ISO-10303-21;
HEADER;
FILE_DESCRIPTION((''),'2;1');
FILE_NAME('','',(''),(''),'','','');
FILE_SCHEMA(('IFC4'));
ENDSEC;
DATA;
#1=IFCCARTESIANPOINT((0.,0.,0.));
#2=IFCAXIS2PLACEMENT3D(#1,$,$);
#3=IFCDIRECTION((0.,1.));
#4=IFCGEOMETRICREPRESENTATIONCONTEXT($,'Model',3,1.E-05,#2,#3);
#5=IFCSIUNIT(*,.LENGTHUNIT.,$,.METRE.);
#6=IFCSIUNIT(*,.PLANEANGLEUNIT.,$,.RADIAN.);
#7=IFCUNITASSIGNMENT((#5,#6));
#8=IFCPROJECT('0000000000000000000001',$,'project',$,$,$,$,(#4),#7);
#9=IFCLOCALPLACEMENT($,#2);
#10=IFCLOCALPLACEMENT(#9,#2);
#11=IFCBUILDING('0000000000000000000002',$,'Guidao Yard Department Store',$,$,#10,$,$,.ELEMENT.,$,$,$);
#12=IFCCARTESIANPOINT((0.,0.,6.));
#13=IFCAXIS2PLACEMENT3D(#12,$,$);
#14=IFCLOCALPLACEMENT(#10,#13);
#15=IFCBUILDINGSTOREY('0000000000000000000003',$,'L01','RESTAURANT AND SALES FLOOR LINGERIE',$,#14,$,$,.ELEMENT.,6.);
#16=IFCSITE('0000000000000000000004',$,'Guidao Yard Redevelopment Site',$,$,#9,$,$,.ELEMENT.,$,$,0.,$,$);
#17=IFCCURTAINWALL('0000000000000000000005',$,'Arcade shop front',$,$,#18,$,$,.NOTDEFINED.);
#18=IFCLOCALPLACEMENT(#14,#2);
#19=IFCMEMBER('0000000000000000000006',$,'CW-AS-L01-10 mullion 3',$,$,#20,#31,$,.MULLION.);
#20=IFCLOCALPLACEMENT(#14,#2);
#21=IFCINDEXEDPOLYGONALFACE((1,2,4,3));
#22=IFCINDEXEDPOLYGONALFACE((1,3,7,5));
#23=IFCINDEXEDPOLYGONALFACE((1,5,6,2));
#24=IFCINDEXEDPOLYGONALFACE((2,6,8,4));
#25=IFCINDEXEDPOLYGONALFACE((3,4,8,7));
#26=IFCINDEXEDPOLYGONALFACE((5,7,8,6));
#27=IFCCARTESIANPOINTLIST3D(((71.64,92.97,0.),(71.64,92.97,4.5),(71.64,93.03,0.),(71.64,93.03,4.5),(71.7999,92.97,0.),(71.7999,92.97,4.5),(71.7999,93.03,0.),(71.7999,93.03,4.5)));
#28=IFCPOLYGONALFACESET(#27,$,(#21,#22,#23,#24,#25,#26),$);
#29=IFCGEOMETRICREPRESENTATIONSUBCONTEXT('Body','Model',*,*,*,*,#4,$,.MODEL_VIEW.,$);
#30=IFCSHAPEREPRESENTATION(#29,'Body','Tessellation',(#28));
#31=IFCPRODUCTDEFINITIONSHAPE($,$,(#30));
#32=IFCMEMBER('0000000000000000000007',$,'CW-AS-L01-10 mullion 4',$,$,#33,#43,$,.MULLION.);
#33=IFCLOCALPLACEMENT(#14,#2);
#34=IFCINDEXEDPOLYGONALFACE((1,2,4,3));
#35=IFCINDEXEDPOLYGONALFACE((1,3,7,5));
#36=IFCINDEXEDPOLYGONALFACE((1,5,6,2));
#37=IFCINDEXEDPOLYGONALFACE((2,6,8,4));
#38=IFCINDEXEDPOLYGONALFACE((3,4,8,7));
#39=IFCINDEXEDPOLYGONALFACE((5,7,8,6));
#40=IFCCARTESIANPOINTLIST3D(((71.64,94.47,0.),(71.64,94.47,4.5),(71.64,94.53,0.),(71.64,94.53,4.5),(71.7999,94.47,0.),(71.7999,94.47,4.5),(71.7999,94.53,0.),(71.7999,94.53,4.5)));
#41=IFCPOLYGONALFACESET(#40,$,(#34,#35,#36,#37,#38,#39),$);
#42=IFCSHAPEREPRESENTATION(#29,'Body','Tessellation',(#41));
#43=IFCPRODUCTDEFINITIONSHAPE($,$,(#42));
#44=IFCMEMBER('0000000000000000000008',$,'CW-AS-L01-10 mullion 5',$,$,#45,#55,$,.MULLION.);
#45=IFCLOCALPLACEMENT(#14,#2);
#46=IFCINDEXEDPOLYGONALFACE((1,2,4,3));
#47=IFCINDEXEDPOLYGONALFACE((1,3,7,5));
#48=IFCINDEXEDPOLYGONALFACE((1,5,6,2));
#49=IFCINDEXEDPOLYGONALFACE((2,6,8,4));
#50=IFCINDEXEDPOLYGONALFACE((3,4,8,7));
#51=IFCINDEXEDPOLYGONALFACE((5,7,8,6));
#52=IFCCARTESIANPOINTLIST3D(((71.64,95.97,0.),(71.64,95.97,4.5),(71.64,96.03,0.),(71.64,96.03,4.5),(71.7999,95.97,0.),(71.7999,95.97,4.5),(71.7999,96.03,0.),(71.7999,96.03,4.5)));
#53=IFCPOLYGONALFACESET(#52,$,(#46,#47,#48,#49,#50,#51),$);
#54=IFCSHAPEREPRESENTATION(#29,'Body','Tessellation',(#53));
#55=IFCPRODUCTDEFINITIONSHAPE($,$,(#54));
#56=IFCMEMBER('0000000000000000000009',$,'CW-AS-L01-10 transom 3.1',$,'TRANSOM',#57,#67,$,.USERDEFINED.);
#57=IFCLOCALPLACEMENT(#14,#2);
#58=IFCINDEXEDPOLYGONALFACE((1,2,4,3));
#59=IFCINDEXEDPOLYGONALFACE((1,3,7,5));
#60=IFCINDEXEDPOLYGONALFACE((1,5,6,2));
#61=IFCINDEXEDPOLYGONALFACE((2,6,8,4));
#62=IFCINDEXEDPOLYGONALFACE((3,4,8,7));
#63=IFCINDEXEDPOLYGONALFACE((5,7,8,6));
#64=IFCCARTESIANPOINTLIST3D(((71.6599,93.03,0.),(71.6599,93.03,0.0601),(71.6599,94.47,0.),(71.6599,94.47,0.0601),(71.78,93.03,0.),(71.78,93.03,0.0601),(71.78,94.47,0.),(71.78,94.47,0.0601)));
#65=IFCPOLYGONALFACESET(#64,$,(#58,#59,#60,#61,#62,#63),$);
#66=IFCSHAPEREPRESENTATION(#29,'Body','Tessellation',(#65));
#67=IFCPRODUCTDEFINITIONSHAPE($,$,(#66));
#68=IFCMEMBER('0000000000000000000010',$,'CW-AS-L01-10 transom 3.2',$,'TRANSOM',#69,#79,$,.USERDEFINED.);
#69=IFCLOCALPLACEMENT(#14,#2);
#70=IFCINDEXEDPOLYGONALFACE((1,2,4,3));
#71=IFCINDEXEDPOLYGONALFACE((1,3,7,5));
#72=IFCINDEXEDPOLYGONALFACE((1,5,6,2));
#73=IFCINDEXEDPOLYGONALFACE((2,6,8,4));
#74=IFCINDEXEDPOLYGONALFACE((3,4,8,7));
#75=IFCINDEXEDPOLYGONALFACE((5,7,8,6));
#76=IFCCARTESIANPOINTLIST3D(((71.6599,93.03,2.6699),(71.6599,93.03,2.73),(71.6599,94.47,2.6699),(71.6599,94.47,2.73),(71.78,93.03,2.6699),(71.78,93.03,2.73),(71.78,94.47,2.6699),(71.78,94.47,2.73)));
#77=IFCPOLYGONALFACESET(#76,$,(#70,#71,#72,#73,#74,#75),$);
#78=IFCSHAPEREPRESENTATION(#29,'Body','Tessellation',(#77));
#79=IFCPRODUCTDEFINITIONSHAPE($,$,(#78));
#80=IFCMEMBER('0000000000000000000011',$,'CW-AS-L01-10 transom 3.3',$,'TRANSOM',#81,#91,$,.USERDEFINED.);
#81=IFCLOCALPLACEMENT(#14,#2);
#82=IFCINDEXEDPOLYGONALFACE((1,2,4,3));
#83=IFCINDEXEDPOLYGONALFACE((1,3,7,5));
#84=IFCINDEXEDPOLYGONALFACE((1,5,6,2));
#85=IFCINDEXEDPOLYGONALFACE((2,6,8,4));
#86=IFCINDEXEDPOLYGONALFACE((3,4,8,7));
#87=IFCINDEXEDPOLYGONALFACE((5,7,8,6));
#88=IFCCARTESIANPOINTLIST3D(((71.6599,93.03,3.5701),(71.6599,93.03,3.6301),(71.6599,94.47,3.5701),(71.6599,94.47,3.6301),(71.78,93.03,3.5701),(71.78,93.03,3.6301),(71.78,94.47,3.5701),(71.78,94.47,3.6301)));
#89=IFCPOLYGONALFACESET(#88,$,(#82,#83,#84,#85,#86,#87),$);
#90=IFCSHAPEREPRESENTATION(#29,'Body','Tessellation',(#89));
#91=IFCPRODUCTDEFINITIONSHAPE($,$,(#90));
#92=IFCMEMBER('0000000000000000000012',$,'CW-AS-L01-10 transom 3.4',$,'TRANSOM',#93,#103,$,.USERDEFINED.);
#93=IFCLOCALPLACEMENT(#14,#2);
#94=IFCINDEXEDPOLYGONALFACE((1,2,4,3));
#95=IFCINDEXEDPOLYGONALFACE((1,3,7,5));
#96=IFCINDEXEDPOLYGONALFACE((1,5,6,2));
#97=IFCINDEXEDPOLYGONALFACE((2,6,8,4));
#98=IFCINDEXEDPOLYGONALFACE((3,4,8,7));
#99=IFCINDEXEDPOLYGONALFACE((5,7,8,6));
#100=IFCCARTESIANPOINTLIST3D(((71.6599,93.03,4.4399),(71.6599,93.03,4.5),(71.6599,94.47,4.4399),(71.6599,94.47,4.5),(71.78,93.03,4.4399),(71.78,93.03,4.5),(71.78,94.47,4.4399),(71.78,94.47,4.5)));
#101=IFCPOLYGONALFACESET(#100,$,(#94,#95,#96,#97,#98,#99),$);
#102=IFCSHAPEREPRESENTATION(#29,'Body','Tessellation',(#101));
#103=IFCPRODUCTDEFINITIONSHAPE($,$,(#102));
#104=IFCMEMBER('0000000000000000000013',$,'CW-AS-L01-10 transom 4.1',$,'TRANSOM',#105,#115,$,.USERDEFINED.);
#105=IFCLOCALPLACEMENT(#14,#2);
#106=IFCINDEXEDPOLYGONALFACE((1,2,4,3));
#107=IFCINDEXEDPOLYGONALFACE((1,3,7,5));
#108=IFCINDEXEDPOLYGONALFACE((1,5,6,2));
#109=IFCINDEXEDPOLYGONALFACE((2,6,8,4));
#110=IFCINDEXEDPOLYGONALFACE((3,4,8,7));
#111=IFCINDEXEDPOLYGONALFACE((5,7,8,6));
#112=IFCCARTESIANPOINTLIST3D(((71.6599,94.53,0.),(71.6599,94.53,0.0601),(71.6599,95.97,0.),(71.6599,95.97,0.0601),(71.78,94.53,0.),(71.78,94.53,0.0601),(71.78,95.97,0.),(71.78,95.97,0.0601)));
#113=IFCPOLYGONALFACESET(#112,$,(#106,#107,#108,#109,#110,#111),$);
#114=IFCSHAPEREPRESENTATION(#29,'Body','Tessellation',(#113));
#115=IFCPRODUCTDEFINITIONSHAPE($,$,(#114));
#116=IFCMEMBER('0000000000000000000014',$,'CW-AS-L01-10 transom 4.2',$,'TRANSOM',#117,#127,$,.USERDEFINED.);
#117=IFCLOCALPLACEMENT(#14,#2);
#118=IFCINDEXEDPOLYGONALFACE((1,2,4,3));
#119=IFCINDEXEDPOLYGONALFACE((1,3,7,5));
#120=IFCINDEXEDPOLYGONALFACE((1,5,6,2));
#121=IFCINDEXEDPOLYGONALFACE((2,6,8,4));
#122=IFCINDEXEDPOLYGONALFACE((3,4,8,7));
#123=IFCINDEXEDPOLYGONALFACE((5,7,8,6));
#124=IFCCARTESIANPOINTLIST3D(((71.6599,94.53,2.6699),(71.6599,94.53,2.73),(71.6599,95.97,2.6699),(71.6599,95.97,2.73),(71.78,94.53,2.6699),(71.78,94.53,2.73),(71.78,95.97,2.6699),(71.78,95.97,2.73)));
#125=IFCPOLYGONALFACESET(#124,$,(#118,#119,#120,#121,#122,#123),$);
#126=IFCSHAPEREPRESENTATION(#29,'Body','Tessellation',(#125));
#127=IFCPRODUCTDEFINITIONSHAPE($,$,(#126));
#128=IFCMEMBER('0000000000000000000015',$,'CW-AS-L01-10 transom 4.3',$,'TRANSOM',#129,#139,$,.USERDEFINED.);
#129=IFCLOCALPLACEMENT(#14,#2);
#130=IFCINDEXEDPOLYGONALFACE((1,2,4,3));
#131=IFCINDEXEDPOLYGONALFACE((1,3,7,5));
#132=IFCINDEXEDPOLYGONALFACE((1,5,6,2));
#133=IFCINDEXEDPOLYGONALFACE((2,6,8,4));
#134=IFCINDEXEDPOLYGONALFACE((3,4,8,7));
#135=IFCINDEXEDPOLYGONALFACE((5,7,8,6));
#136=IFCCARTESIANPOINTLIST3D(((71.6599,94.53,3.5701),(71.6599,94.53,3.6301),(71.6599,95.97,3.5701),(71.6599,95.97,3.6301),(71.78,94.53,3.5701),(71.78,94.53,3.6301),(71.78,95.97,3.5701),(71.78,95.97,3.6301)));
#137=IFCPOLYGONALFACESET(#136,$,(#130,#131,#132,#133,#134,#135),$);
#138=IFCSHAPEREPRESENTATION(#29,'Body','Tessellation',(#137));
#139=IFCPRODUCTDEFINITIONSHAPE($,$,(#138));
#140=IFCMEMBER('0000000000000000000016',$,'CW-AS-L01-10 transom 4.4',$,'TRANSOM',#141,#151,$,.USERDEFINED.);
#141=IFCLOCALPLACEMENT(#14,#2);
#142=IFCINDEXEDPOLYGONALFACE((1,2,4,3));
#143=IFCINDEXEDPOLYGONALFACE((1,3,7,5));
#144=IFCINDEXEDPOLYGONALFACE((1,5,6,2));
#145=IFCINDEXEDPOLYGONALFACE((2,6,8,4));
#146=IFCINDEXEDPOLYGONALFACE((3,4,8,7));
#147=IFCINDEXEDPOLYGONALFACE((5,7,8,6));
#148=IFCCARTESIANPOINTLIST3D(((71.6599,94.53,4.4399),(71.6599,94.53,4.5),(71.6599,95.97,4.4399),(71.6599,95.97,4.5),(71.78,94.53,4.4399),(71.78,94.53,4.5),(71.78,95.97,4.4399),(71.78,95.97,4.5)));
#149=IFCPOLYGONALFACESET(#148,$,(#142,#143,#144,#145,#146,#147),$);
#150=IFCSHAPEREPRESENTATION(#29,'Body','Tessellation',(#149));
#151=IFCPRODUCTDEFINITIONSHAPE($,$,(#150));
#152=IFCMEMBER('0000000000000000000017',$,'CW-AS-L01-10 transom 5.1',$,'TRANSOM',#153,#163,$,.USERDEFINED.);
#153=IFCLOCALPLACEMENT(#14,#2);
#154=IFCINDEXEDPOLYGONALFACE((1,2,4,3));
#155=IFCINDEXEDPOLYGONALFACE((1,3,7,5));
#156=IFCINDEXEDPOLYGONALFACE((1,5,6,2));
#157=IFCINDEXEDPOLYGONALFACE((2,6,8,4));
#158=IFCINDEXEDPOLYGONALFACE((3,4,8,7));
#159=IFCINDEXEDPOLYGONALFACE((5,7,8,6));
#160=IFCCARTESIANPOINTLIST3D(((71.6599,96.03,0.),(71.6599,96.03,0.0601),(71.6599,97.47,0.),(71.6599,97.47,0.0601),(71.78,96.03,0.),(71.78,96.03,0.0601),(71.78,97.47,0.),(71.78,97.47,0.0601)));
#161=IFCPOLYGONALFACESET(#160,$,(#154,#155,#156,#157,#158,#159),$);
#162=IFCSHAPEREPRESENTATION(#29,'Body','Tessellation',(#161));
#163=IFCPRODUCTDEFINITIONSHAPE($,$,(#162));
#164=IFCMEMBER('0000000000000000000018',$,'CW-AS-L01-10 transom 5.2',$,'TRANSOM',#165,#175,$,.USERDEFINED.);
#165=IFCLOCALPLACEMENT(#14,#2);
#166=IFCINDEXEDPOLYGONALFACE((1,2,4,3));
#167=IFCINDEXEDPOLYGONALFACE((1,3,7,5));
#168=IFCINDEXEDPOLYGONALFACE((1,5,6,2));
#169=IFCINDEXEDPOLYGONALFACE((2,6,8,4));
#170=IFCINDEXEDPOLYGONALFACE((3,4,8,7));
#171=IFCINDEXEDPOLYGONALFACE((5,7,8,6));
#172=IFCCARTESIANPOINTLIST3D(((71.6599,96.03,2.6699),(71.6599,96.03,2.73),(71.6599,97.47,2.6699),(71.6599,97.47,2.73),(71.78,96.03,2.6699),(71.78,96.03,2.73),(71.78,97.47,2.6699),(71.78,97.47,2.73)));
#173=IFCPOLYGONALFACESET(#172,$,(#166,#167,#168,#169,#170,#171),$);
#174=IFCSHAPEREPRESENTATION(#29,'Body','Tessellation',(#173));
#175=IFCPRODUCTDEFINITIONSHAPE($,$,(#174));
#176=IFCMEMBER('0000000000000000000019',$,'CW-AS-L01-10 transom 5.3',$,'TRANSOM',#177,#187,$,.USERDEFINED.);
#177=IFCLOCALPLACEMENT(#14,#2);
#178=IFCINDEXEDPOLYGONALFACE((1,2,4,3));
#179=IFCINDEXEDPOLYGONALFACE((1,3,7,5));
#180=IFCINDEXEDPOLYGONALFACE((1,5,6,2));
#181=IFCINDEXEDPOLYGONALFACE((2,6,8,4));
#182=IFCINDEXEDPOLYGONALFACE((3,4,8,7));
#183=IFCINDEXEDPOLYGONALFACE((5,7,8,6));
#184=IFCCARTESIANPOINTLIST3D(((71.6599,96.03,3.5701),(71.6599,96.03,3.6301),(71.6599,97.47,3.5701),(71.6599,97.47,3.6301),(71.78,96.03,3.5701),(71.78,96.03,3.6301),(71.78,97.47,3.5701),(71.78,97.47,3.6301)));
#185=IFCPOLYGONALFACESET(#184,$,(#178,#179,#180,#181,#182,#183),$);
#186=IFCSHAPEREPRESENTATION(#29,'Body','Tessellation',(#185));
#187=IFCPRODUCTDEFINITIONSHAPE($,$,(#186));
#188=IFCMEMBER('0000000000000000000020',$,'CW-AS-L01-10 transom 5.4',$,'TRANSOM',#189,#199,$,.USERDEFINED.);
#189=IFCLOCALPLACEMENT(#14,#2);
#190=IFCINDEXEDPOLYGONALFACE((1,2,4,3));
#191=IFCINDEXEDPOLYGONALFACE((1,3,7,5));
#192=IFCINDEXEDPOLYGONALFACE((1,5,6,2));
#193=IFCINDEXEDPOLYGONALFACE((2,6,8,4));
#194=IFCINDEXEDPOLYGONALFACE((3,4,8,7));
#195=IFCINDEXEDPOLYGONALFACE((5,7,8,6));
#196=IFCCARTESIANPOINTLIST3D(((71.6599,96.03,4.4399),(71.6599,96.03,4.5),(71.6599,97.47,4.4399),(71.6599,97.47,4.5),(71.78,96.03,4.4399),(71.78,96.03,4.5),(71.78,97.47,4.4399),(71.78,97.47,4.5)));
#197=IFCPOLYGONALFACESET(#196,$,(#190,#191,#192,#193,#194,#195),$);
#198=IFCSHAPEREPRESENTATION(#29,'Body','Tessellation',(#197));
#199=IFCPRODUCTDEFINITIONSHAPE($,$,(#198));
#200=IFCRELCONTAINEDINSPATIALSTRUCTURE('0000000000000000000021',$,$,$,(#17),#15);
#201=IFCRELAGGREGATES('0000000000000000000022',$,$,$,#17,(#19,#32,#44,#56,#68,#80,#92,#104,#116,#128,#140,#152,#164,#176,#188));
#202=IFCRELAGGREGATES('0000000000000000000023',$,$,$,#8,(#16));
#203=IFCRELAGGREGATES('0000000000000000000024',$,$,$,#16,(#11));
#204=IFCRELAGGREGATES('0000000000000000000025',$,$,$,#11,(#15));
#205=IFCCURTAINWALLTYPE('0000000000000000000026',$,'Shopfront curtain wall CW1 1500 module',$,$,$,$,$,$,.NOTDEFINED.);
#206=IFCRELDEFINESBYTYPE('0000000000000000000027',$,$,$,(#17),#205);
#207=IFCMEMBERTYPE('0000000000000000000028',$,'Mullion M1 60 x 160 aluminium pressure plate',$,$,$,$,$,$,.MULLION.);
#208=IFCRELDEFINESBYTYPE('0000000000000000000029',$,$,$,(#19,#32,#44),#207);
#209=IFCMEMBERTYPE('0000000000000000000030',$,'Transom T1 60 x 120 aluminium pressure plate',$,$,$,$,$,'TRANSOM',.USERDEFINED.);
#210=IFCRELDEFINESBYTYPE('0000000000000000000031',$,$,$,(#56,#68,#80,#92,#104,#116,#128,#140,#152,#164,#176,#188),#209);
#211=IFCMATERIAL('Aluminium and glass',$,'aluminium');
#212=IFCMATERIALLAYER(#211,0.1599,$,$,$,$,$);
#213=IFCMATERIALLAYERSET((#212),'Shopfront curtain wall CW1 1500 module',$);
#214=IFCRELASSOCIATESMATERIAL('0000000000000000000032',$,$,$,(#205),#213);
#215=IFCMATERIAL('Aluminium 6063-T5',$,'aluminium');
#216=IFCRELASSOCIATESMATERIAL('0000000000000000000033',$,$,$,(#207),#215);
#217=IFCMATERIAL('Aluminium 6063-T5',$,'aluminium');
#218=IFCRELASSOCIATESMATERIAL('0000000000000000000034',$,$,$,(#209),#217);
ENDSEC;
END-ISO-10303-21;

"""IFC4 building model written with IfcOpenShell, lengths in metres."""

from ifc_helpers import new_model, si_unit, direction, frame, origin, origin_2d, place, context, subcontext, project, spatial, rectangle, extrude, material, layer, layer_set, material_profile, profile_set, type_object, element, aggregate, save


model = new_model("IFC4")

# Units and contexts
model_context = context("Model", 3, precision=1e-05, world=origin(), true_north=direction((0.0, 1.0)))
body_context = subcontext(model_context, "Body", "Model", "MODEL_VIEW")
ifc_project = project(units=[si_unit("LENGTHUNIT", "METRE"), si_unit("PLANEANGLEUNIT", "RADIAN")], contexts=[model_context])

# Site, building, storey
site_placement = place(None, origin())
site = spatial("IfcSite", under=ifc_project, at=site_placement, Name="Guidao Yard Redevelopment Site", CompositionType="ELEMENT", RefElevation=0.0)
building_placement = place(site_placement, origin())
building = spatial("IfcBuilding", under=site, at=building_placement, Name="Guidao Yard Department Store", CompositionType="ELEMENT")
storey_placement = place(building_placement, frame((0.0, 0.0, 6.0)))
storey = spatial("IfcBuildingStorey", under=building, at=storey_placement, Name="L01", Description="RESTAURANT AND SALES FLOOR LINGERIE", CompositionType="ELEMENT", Elevation=6.0)

# Curtain wall, members
ifc_material_1 = material(Name="Aluminium and glass", Category="aluminium")
ifc_layer_1 = layer(ifc_material_1, 0.1599)
ifc_layer_set_1 = layer_set([ifc_layer_1], Name="Shopfront curtain wall CW1 1500 module")
curtain_wall_type = type_object("IfcCurtainWallType", Name="Shopfront curtain wall CW1 1500 module", PredefinedType="NOTDEFINED", material=ifc_layer_set_1)
curtain_wall_placement = place(storey_placement, origin())
curtain_wall = element("IfcCurtainWall", 1, at=curtain_wall_placement, inside=storey, type_object=curtain_wall_type, Name="Arcade shop front", PredefinedType="NOTDEFINED")
ifc_material_2 = material(Name="Aluminium 6063-T5", Category="aluminium")
ifc_material_profile_1 = material_profile(ifc_material_2, rectangle(XDim=0.0601, YDim=0.1599, at=origin_2d()), Name="Mullion M1 60 x 160 aluminium pressure plate")
ifc_profile_set_1 = profile_set([ifc_material_profile_1], Name="Aluminium 6063-T5")
member_type_1 = type_object("IfcMemberType", Name="Mullion M1 60 x 160 aluminium pressure plate", PredefinedType="MULLION", material=ifc_profile_set_1)
member_1_placement = place(storey_placement, frame((71.72, 93.0, 0.0), z_axis=(0.0, 0.0, 1.0), x_axis=(0.0, 1.0, 0.0)))
member_1 = element("IfcMember", 2, at=member_1_placement, type_object=member_type_1, Name="CW-AS-L01-10 mullion 3", PredefinedType="MULLION", context=body_context, shape_type="SweptSolid", body=[
    extrude(rectangle(XDim=0.0601, YDim=0.1599, at=origin_2d()), origin(), (0.0, 0.0, 1.0), 4.5),
])
member_2_placement = place(storey_placement, frame((71.72, 94.5, 0.0), z_axis=(0.0, 0.0, 1.0), x_axis=(0.0, 1.0, 0.0)))
member_2 = element("IfcMember", 3, at=member_2_placement, type_object=member_type_1, Name="CW-AS-L01-10 mullion 4", PredefinedType="MULLION", context=body_context, shape_type="SweptSolid", body=[
    extrude(rectangle(XDim=0.0601, YDim=0.1599, at=origin_2d()), origin(), (0.0, 0.0, 1.0), 4.5),
])
member_3_placement = place(storey_placement, frame((71.72, 96.0, 0.0), z_axis=(0.0, 0.0, 1.0), x_axis=(0.0, 1.0, 0.0)))
member_3 = element("IfcMember", 4, at=member_3_placement, type_object=member_type_1, Name="CW-AS-L01-10 mullion 5", PredefinedType="MULLION", context=body_context, shape_type="SweptSolid", body=[
    extrude(rectangle(XDim=0.0601, YDim=0.1599, at=origin_2d()), origin(), (0.0, 0.0, 1.0), 4.5),
])
ifc_material_3 = material(Name="Aluminium 6063-T5", Category="aluminium")
ifc_material_profile_2 = material_profile(ifc_material_3, rectangle(XDim=0.1201, YDim=0.0601, at=origin_2d()), Name="Transom T1 60 x 120 aluminium pressure plate")
ifc_profile_set_2 = profile_set([ifc_material_profile_2], Name="Aluminium 6063-T5")
member_type_2 = type_object("IfcMemberType", Name="Transom T1 60 x 120 aluminium pressure plate", ElementType="TRANSOM", PredefinedType="USERDEFINED", material=ifc_profile_set_2)
member_4_placement = place(storey_placement, frame((71.72, 93.03, 0.03), z_axis=(0.0, 1.0, 0.0), x_axis=(-1.0, 0.0, 0.0)))
member_4 = element("IfcMember", 5, at=member_4_placement, type_object=member_type_2, Name="CW-AS-L01-10 transom 3.1", ObjectType="TRANSOM", PredefinedType="USERDEFINED", context=body_context, shape_type="SweptSolid", body=[
    extrude(rectangle(XDim=0.1201, YDim=0.0601, at=origin_2d()), origin(), (0.0, 0.0, 1.0), 1.4399),
])
member_5_placement = place(storey_placement, frame((71.72, 93.03, 2.7), z_axis=(0.0, 1.0, 0.0), x_axis=(-1.0, 0.0, 0.0)))
member_5 = element("IfcMember", 6, at=member_5_placement, type_object=member_type_2, Name="CW-AS-L01-10 transom 3.2", ObjectType="TRANSOM", PredefinedType="USERDEFINED", context=body_context, shape_type="SweptSolid", body=[
    extrude(rectangle(XDim=0.1201, YDim=0.0601, at=origin_2d()), origin(), (0.0, 0.0, 1.0), 1.4399),
])
member_6_placement = place(storey_placement, frame((71.72, 93.03, 3.6001), z_axis=(0.0, 1.0, 0.0), x_axis=(-1.0, 0.0, 0.0)))
member_6 = element("IfcMember", 7, at=member_6_placement, type_object=member_type_2, Name="CW-AS-L01-10 transom 3.3", ObjectType="TRANSOM", PredefinedType="USERDEFINED", context=body_context, shape_type="SweptSolid", body=[
    extrude(rectangle(XDim=0.1201, YDim=0.0601, at=origin_2d()), origin(), (0.0, 0.0, 1.0), 1.4399),
])
member_7_placement = place(storey_placement, frame((71.72, 93.03, 4.47), z_axis=(0.0, 1.0, 0.0), x_axis=(-1.0, 0.0, 0.0)))
member_7 = element("IfcMember", 8, at=member_7_placement, type_object=member_type_2, Name="CW-AS-L01-10 transom 3.4", ObjectType="TRANSOM", PredefinedType="USERDEFINED", context=body_context, shape_type="SweptSolid", body=[
    extrude(rectangle(XDim=0.1201, YDim=0.0601, at=origin_2d()), origin(), (0.0, 0.0, 1.0), 1.4399),
])
member_8_placement = place(storey_placement, frame((71.72, 94.53, 0.03), z_axis=(0.0, 1.0, 0.0), x_axis=(-1.0, 0.0, 0.0)))
member_8 = element("IfcMember", 9, at=member_8_placement, type_object=member_type_2, Name="CW-AS-L01-10 transom 4.1", ObjectType="TRANSOM", PredefinedType="USERDEFINED", context=body_context, shape_type="SweptSolid", body=[
    extrude(rectangle(XDim=0.1201, YDim=0.0601, at=origin_2d()), origin(), (0.0, 0.0, 1.0), 1.4399),
])
member_9_placement = place(storey_placement, frame((71.72, 94.53, 2.7), z_axis=(0.0, 1.0, 0.0), x_axis=(-1.0, 0.0, 0.0)))
member_9 = element("IfcMember", 10, at=member_9_placement, type_object=member_type_2, Name="CW-AS-L01-10 transom 4.2", ObjectType="TRANSOM", PredefinedType="USERDEFINED", context=body_context, shape_type="SweptSolid", body=[
    extrude(rectangle(XDim=0.1201, YDim=0.0601, at=origin_2d()), origin(), (0.0, 0.0, 1.0), 1.4399),
])
member_10_placement = place(storey_placement, frame((71.72, 94.53, 3.6001), z_axis=(0.0, 1.0, 0.0), x_axis=(-1.0, 0.0, 0.0)))
member_10 = element("IfcMember", 11, at=member_10_placement, type_object=member_type_2, Name="CW-AS-L01-10 transom 4.3", ObjectType="TRANSOM", PredefinedType="USERDEFINED", context=body_context, shape_type="SweptSolid", body=[
    extrude(rectangle(XDim=0.1201, YDim=0.0601, at=origin_2d()), origin(), (0.0, 0.0, 1.0), 1.4399),
])
member_11_placement = place(storey_placement, frame((71.72, 94.53, 4.47), z_axis=(0.0, 1.0, 0.0), x_axis=(-1.0, 0.0, 0.0)))
member_11 = element("IfcMember", 12, at=member_11_placement, type_object=member_type_2, Name="CW-AS-L01-10 transom 4.4", ObjectType="TRANSOM", PredefinedType="USERDEFINED", context=body_context, shape_type="SweptSolid", body=[
    extrude(rectangle(XDim=0.1201, YDim=0.0601, at=origin_2d()), origin(), (0.0, 0.0, 1.0), 1.4399),
])
member_12_placement = place(storey_placement, frame((71.72, 96.03, 0.03), z_axis=(0.0, 1.0, 0.0), x_axis=(-1.0, 0.0, 0.0)))
member_12 = element("IfcMember", 13, at=member_12_placement, type_object=member_type_2, Name="CW-AS-L01-10 transom 5.1", ObjectType="TRANSOM", PredefinedType="USERDEFINED", context=body_context, shape_type="SweptSolid", body=[
    extrude(rectangle(XDim=0.1201, YDim=0.0601, at=origin_2d()), origin(), (0.0, 0.0, 1.0), 1.4399),
])
member_13_placement = place(storey_placement, frame((71.72, 96.03, 2.7), z_axis=(0.0, 1.0, 0.0), x_axis=(-1.0, 0.0, 0.0)))
member_13 = element("IfcMember", 14, at=member_13_placement, type_object=member_type_2, Name="CW-AS-L01-10 transom 5.2", ObjectType="TRANSOM", PredefinedType="USERDEFINED", context=body_context, shape_type="SweptSolid", body=[
    extrude(rectangle(XDim=0.1201, YDim=0.0601, at=origin_2d()), origin(), (0.0, 0.0, 1.0), 1.4399),
])
member_14_placement = place(storey_placement, frame((71.72, 96.03, 3.6001), z_axis=(0.0, 1.0, 0.0), x_axis=(-1.0, 0.0, 0.0)))
member_14 = element("IfcMember", 15, at=member_14_placement, type_object=member_type_2, Name="CW-AS-L01-10 transom 5.3", ObjectType="TRANSOM", PredefinedType="USERDEFINED", context=body_context, shape_type="SweptSolid", body=[
    extrude(rectangle(XDim=0.1201, YDim=0.0601, at=origin_2d()), origin(), (0.0, 0.0, 1.0), 1.4399),
])
member_15_placement = place(storey_placement, frame((71.72, 96.03, 4.47), z_axis=(0.0, 1.0, 0.0), x_axis=(-1.0, 0.0, 0.0)))
member_15 = element("IfcMember", 16, at=member_15_placement, type_object=member_type_2, Name="CW-AS-L01-10 transom 5.4", ObjectType="TRANSOM", PredefinedType="USERDEFINED", context=body_context, shape_type="SweptSolid", body=[
    extrude(rectangle(XDim=0.1201, YDim=0.0601, at=origin_2d()), origin(), (0.0, 0.0, 1.0), 1.4399),
])
aggregate(curtain_wall, [member_1, member_2, member_3, member_4, member_5, member_6, member_7, member_8, member_9, member_10, member_11, member_12, member_13, member_14, member_15])

save(model, "model.ifc")
